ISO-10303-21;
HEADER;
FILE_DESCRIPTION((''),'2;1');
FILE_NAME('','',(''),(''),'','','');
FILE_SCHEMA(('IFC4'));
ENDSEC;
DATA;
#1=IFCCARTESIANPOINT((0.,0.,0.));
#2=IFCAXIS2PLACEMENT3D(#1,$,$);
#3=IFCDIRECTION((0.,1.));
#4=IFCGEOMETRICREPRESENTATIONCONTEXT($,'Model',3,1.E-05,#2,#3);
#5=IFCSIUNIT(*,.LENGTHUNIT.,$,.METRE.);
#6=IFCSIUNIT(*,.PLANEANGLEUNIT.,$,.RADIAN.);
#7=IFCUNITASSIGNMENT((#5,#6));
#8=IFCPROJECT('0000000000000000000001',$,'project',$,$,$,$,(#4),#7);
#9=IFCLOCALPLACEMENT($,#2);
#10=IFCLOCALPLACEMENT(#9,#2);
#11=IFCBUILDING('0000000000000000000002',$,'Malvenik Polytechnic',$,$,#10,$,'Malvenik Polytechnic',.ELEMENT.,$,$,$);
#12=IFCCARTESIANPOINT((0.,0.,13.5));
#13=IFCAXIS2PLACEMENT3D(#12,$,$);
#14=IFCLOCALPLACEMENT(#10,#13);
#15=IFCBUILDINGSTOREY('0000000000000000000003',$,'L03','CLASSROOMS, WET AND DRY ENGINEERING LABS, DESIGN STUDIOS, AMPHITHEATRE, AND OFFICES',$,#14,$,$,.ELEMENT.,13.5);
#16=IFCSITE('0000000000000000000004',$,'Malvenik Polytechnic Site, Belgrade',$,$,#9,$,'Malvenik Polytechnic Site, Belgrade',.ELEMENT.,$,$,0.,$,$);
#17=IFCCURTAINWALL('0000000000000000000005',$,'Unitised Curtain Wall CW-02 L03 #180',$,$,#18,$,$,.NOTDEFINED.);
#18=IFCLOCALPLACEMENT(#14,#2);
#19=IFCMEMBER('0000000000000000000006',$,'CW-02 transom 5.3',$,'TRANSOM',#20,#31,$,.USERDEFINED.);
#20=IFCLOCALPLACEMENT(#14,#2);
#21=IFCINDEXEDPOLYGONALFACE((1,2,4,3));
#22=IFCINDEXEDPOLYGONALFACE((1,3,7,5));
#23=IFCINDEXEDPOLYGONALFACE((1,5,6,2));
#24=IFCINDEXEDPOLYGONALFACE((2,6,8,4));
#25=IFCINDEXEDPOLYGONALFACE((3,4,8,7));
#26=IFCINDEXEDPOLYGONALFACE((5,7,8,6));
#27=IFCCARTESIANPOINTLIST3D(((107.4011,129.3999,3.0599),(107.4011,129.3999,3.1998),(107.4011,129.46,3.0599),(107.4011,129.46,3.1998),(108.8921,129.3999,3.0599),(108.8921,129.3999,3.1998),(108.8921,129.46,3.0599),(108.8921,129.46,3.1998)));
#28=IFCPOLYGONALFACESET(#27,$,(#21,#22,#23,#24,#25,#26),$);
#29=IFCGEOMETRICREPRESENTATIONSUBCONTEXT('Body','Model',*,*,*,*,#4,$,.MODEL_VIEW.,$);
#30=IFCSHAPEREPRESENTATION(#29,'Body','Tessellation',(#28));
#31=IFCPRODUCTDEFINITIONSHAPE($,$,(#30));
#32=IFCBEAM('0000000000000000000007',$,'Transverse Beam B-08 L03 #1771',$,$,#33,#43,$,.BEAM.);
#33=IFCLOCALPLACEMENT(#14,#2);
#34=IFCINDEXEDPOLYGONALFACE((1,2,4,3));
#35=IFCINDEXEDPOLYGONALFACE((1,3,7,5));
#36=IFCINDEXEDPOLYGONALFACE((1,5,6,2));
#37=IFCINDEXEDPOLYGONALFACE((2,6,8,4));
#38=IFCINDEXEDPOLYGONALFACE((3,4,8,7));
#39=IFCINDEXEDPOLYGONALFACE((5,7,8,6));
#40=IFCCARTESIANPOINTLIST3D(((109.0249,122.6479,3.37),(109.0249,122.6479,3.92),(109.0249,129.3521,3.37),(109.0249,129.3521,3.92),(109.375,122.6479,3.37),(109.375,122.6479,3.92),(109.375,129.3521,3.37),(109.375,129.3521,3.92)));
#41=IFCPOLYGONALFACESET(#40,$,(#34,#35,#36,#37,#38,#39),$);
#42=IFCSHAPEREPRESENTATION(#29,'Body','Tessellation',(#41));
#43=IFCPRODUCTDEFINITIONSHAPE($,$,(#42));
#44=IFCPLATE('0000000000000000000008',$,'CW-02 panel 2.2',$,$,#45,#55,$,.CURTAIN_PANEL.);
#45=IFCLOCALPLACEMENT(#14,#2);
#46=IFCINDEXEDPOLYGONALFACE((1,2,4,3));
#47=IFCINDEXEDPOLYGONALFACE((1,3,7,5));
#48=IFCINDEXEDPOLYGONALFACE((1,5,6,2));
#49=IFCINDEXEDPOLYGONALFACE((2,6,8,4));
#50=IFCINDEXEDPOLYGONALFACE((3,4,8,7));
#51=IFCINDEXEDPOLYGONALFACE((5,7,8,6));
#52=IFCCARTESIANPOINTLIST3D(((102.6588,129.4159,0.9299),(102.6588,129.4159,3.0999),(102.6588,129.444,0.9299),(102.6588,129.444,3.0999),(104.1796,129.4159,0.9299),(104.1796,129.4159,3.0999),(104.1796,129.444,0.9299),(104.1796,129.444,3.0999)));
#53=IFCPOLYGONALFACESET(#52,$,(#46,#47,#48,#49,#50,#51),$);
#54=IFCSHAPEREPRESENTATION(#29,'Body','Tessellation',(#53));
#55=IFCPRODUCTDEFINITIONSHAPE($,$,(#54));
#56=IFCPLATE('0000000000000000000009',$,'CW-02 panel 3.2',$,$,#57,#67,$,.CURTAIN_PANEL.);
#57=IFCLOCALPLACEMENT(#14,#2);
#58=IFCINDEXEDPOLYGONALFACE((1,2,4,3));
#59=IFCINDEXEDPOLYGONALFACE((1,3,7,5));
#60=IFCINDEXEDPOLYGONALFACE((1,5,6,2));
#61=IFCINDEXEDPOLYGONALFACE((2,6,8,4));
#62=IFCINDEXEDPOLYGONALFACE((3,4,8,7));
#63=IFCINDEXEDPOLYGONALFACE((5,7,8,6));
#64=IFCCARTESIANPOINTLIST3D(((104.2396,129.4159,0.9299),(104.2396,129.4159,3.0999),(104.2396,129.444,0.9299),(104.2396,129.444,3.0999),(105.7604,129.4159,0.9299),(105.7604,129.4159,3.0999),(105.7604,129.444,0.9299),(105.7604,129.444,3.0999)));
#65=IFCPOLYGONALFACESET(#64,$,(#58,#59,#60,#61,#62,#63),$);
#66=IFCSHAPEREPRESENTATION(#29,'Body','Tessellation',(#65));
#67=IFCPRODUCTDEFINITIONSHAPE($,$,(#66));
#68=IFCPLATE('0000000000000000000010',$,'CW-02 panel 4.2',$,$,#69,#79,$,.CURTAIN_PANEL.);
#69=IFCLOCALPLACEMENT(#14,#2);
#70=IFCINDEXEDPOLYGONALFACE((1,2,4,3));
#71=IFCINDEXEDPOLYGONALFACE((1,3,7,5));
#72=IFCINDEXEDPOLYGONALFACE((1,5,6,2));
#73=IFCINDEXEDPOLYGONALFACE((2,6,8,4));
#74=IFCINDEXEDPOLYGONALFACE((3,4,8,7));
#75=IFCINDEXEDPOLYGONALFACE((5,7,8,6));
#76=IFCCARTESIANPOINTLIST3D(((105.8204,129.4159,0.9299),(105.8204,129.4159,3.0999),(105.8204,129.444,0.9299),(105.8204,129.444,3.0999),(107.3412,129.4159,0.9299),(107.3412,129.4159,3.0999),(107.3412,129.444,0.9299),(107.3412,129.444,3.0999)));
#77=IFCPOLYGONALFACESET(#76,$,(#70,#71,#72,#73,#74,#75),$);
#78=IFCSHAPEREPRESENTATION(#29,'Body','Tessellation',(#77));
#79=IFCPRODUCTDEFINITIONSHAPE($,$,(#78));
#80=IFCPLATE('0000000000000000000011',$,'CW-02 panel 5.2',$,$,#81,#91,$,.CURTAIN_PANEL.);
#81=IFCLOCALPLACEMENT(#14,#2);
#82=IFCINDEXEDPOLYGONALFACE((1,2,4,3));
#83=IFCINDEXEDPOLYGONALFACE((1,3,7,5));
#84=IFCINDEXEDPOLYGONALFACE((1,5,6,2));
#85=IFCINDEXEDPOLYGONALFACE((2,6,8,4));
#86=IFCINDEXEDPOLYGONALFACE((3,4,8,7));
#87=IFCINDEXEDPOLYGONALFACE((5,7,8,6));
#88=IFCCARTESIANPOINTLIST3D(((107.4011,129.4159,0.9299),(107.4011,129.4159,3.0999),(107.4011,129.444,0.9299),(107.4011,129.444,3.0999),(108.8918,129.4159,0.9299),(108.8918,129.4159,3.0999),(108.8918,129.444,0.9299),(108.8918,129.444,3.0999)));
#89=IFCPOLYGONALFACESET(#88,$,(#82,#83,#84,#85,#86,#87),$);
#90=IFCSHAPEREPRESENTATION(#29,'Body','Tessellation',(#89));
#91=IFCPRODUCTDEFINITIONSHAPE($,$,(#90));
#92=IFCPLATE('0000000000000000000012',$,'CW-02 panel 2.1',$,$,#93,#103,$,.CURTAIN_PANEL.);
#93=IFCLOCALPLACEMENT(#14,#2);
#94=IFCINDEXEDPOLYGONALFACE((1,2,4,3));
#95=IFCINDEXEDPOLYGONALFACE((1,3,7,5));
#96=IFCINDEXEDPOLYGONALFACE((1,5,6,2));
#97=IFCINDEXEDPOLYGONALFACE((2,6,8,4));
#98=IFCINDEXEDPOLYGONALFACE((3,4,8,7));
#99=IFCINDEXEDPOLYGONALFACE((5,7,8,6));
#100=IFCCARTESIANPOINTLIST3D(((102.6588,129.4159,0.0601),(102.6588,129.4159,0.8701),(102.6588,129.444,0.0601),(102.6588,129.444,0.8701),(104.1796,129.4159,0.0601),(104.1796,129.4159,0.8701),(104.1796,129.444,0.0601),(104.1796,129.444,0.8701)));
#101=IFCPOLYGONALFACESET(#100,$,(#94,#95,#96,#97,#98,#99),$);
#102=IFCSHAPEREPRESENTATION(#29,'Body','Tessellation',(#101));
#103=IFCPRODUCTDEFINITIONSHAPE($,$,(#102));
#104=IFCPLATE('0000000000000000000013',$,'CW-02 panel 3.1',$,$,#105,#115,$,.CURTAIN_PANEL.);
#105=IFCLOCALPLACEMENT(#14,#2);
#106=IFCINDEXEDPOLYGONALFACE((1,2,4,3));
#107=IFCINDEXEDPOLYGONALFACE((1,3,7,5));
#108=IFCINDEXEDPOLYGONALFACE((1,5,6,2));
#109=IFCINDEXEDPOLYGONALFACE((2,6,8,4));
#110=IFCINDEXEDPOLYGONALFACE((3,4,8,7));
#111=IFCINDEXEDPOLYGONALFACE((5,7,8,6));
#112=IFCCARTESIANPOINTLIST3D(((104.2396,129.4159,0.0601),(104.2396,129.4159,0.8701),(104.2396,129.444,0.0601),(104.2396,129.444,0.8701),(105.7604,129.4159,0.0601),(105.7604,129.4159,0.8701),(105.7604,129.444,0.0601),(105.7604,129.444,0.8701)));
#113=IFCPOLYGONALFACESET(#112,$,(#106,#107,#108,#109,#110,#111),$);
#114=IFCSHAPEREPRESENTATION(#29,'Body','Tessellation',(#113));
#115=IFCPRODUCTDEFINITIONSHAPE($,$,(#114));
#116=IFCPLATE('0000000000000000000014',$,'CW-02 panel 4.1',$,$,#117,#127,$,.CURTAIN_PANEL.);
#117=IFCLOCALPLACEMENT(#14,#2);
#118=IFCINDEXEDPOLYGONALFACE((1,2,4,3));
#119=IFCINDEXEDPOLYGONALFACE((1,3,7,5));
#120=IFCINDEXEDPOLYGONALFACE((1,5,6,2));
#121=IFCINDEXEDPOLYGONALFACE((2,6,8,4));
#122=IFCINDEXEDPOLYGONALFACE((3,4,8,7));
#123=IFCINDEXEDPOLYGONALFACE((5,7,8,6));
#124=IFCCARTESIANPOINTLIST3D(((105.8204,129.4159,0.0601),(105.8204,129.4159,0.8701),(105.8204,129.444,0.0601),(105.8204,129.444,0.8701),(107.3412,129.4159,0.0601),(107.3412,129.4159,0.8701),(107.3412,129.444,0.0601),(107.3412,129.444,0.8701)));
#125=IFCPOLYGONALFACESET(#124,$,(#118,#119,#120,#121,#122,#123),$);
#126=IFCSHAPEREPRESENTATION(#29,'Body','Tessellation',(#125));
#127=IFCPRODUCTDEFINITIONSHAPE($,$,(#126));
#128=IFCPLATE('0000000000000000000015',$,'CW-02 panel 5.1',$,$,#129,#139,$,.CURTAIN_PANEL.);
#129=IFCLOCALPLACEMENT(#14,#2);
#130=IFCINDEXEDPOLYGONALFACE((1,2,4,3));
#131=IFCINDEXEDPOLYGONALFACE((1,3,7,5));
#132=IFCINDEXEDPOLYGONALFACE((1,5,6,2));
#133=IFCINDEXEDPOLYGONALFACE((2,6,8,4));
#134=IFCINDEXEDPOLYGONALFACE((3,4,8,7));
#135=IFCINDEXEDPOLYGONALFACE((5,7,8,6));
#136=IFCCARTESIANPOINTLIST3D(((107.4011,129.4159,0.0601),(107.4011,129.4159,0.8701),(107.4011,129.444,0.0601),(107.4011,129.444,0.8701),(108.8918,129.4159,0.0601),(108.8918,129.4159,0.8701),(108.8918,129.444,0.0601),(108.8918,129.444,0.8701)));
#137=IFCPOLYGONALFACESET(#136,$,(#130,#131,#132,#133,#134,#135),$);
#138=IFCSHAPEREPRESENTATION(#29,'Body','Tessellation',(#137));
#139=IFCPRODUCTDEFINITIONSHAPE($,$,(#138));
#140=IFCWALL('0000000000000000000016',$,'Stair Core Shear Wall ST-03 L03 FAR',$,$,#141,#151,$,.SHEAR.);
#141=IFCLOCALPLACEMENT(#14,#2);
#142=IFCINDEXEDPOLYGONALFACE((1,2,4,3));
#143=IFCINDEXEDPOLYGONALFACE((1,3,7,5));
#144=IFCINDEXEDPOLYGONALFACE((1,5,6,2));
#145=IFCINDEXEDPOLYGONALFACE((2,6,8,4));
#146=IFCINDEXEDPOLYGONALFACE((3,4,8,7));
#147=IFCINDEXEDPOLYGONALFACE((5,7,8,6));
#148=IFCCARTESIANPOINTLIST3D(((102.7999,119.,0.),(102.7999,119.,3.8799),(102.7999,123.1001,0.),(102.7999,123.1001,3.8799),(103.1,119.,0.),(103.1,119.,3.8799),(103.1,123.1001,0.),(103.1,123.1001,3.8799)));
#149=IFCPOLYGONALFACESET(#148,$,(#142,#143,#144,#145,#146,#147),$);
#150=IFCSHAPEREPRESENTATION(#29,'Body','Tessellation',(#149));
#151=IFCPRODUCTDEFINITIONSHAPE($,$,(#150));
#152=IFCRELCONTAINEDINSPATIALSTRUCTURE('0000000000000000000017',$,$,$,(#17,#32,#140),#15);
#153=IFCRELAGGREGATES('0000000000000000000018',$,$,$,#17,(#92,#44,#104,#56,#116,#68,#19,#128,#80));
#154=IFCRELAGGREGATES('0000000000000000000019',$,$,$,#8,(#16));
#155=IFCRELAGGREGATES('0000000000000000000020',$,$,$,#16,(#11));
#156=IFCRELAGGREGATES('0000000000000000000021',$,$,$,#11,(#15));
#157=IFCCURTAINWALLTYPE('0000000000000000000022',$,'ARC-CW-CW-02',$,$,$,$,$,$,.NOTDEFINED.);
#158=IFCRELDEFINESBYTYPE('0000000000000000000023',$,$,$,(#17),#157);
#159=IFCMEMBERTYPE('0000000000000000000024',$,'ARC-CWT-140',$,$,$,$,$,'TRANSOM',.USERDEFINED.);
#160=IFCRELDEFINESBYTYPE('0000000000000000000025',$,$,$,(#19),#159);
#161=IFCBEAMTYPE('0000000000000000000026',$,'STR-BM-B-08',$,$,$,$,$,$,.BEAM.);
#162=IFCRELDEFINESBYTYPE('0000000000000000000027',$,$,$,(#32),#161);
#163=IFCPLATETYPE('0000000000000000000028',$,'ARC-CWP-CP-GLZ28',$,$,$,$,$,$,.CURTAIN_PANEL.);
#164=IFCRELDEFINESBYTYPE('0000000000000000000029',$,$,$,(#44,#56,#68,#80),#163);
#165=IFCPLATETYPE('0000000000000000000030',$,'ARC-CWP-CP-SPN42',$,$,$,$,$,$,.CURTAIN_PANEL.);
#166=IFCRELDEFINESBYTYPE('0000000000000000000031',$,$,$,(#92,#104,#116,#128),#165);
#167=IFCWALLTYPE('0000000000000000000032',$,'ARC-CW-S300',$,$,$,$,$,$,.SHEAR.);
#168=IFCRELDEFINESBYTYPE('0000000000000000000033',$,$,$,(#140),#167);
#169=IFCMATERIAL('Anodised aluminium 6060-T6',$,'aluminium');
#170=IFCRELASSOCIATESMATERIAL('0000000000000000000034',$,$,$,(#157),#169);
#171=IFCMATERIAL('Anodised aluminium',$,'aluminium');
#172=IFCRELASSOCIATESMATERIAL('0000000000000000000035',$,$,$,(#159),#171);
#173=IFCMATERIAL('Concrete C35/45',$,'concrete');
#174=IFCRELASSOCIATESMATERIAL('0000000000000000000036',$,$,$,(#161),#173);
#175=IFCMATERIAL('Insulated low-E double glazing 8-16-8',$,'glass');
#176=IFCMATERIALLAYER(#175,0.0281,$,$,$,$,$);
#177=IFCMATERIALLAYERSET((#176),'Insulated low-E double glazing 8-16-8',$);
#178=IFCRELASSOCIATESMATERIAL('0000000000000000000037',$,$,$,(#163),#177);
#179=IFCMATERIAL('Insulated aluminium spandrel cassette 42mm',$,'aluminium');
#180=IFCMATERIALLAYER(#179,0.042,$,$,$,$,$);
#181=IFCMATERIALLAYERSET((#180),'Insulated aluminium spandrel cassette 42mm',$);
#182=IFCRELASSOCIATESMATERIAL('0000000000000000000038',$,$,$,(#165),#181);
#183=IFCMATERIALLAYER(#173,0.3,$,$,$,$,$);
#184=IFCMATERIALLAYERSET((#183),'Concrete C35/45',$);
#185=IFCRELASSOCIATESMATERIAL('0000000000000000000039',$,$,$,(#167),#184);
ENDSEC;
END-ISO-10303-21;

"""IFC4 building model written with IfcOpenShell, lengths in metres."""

from ifc_helpers import new_model, si_unit, direction, frame, frame_2d, origin, origin_2d, place, context, subcontext, project, spatial, rectangle, extrude, material, layer, layer_set, material_profile, profile_set, type_object, element, aggregate, save


model = new_model("IFC4")

# Units and contexts
model_context = context("Model", 3, precision=1e-05, world=origin(), true_north=direction((0.0, 1.0)))
body_context = subcontext(model_context, "Body", "Model", "MODEL_VIEW")
ifc_project = project(units=[si_unit("LENGTHUNIT", "METRE"), si_unit("PLANEANGLEUNIT", "RADIAN")], contexts=[model_context])

# Site, building, storey
site_placement = place(None, origin())
site = spatial("IfcSite", under=ifc_project, at=site_placement, Name="Malvenik Polytechnic Site, Belgrade", LongName="Malvenik Polytechnic Site, Belgrade", CompositionType="ELEMENT", RefElevation=0.0)
building_placement = place(site_placement, origin())
building = spatial("IfcBuilding", under=site, at=building_placement, Name="Malvenik Polytechnic", LongName="Malvenik Polytechnic", CompositionType="ELEMENT")
storey_placement = place(building_placement, frame((0.0, 0.0, 13.5)))
storey = spatial("IfcBuildingStorey", under=building, at=storey_placement, Name="L03", Description="CLASSROOMS, WET AND DRY ENGINEERING LABS, DESIGN STUDIOS, AMPHITHEATRE, AND OFFICES", CompositionType="ELEMENT", Elevation=13.5)

# Shared definitions
ifc_material_1 = material(Name="Concrete C35/45", Category="concrete")

# Curtain wall, member
ifc_material_2 = material(Name="Anodised aluminium 6060-T6", Category="aluminium")
curtain_wall_type = type_object("IfcCurtainWallType", Name="ARC-CW-CW-02", PredefinedType="NOTDEFINED", material=ifc_material_2)
curtain_wall_placement = place(storey_placement, origin())
curtain_wall = element("IfcCurtainWall", 1, at=curtain_wall_placement, inside=storey, type_object=curtain_wall_type, Name="Unitised Curtain Wall CW-02 L03 #180", PredefinedType="NOTDEFINED")
ifc_material_3 = material(Name="Anodised aluminium", Category="aluminium")
ifc_material_profile_1 = material_profile(ifc_material_3, rectangle(XDim=0.0601, YDim=0.1399, at=origin_2d()), Name="ALU TRANSOM 60x140")
ifc_profile_set_1 = profile_set([ifc_material_profile_1], Name="Anodised aluminium")
member_type_1 = type_object("IfcMemberType", Name="ARC-CWT-140", ElementType="TRANSOM", PredefinedType="USERDEFINED", material=ifc_profile_set_1)
member_1_placement = place(storey_placement, frame((107.4011, 129.4299, 3.1299), z_axis=(1.0, 0.0, 0.0), x_axis=(0.0, 1.0, 0.0)))
member_1 = element("IfcMember", 2, at=member_1_placement, type_object=member_type_1, Name="CW-02 transom 5.3", ObjectType="TRANSOM", PredefinedType="USERDEFINED", context=body_context, shape_type="SweptSolid", body=[
    extrude(rectangle(XDim=0.0601, YDim=0.1399, at=origin_2d()), origin(), (0.0, 0.0, 1.0), 1.491),
])

# Beam
ifc_material_profile_2 = material_profile(ifc_material_1, rectangle(XDim=0.3501, YDim=0.55, at=origin_2d()), Name="RC BM 350x550")
ifc_profile_set_2 = profile_set([ifc_material_profile_2], Name="Concrete C35/45")
beam_type = type_object("IfcBeamType", Name="STR-BM-B-08", PredefinedType="BEAM", material=ifc_profile_set_2)
beam_placement = place(storey_placement, frame((109.2, 122.6479, 3.645), z_axis=(0.0, 1.0, 0.0), x_axis=(-1.0, 0.0, 0.0)))
element("IfcBeam", 3, at=beam_placement, inside=storey, type_object=beam_type, Name="Transverse Beam B-08 L03 #1771", PredefinedType="BEAM", context=body_context, shape_type="SweptSolid", body=[
    extrude(rectangle(XDim=0.3501, YDim=0.55, at=origin_2d()), origin(), (0.0, 0.0, 1.0), 6.7041),
])

# Plates
ifc_material_4 = material(Name="Insulated low-E double glazing 8-16-8", Category="glass")
ifc_layer_1 = layer(ifc_material_4, 0.0281)
ifc_layer_set_1 = layer_set([ifc_layer_1], Name="Insulated low-E double glazing 8-16-8")
plate_type_1 = type_object("IfcPlateType", Name="ARC-CWP-CP-GLZ28", PredefinedType="CURTAIN_PANEL", material=ifc_layer_set_1)
plate_1_placement = place(storey_placement, frame((103.4192, 129.4299, 0.9299), z_axis=(0.0, 0.0, 1.0), x_axis=(1.0, 0.0, 0.0)))
plate_1 = element("IfcPlate", 4, at=plate_1_placement, type_object=plate_type_1, Name="CW-02 panel 2.2", PredefinedType="CURTAIN_PANEL", context=body_context, shape_type="SweptSolid", body=[
    extrude(rectangle(XDim=1.5208, YDim=0.0281, at=origin_2d()), origin(), (0.0, 0.0, 1.0), 2.1699),
])
plate_2_placement = place(storey_placement, frame((105.0, 129.4299, 0.9299), z_axis=(0.0, 0.0, 1.0), x_axis=(1.0, 0.0, 0.0)))
plate_2 = element("IfcPlate", 5, at=plate_2_placement, type_object=plate_type_1, Name="CW-02 panel 3.2", PredefinedType="CURTAIN_PANEL", context=body_context, shape_type="SweptSolid", body=[
    extrude(rectangle(XDim=1.5208, YDim=0.0281, at=origin_2d()), origin(), (0.0, 0.0, 1.0), 2.1699),
])
plate_3_placement = place(storey_placement, frame((106.5808, 129.4299, 0.9299), z_axis=(0.0, 0.0, 1.0), x_axis=(1.0, 0.0, 0.0)))
plate_3 = element("IfcPlate", 6, at=plate_3_placement, type_object=plate_type_1, Name="CW-02 panel 4.2", PredefinedType="CURTAIN_PANEL", context=body_context, shape_type="SweptSolid", body=[
    extrude(rectangle(XDim=1.5208, YDim=0.0281, at=origin_2d()), origin(), (0.0, 0.0, 1.0), 2.1699),
])
plate_4_placement = place(storey_placement, frame((108.1465, 129.4299, 0.9299), z_axis=(0.0, 0.0, 1.0), x_axis=(1.0, 0.0, 0.0)))
plate_4 = element("IfcPlate", 7, at=plate_4_placement, type_object=plate_type_1, Name="CW-02 panel 5.2", PredefinedType="CURTAIN_PANEL", context=body_context, shape_type="SweptSolid", body=[
    extrude(rectangle(XDim=1.4907, YDim=0.0281, at=origin_2d()), origin(), (0.0, 0.0, 1.0), 2.1699),
])
ifc_material_5 = material(Name="Insulated aluminium spandrel cassette 42mm", Category="aluminium")
ifc_layer_2 = layer(ifc_material_5, 0.042)
ifc_layer_set_2 = layer_set([ifc_layer_2], Name="Insulated aluminium spandrel cassette 42mm")
plate_type_2 = type_object("IfcPlateType", Name="ARC-CWP-CP-SPN42", PredefinedType="CURTAIN_PANEL", material=ifc_layer_set_2)
plate_5_placement = place(storey_placement, frame((103.4192, 129.4299, 0.0601), z_axis=(0.0, 0.0, 1.0), x_axis=(1.0, 0.0, 0.0)))
plate_5 = element("IfcPlate", 8, at=plate_5_placement, type_object=plate_type_2, Name="CW-02 panel 2.1", PredefinedType="CURTAIN_PANEL", context=body_context, shape_type="SweptSolid", body=[
    extrude(rectangle(XDim=1.5208, YDim=0.0281, at=origin_2d()), origin(), (0.0, 0.0, 1.0), 0.8101),
])
plate_6_placement = place(storey_placement, frame((105.0, 129.4299, 0.0601), z_axis=(0.0, 0.0, 1.0), x_axis=(1.0, 0.0, 0.0)))
plate_6 = element("IfcPlate", 9, at=plate_6_placement, type_object=plate_type_2, Name="CW-02 panel 3.1", PredefinedType="CURTAIN_PANEL", context=body_context, shape_type="SweptSolid", body=[
    extrude(rectangle(XDim=1.5208, YDim=0.0281, at=origin_2d()), origin(), (0.0, 0.0, 1.0), 0.8101),
])
plate_7_placement = place(storey_placement, frame((106.5808, 129.4299, 0.0601), z_axis=(0.0, 0.0, 1.0), x_axis=(1.0, 0.0, 0.0)))
plate_7 = element("IfcPlate", 10, at=plate_7_placement, type_object=plate_type_2, Name="CW-02 panel 4.1", PredefinedType="CURTAIN_PANEL", context=body_context, shape_type="SweptSolid", body=[
    extrude(rectangle(XDim=1.5208, YDim=0.0281, at=origin_2d()), origin(), (0.0, 0.0, 1.0), 0.8101),
])
plate_8_placement = place(storey_placement, frame((108.1465, 129.4299, 0.0601), z_axis=(0.0, 0.0, 1.0), x_axis=(1.0, 0.0, 0.0)))
plate_8 = element("IfcPlate", 11, at=plate_8_placement, type_object=plate_type_2, Name="CW-02 panel 5.1", PredefinedType="CURTAIN_PANEL", context=body_context, shape_type="SweptSolid", body=[
    extrude(rectangle(XDim=1.4907, YDim=0.0281, at=origin_2d()), origin(), (0.0, 0.0, 1.0), 0.8101),
])
aggregate(curtain_wall, [plate_5, plate_1, plate_6, plate_2, plate_7, plate_3, member_1, plate_8, plate_4])

# Wall
ifc_layer_3 = layer(ifc_material_1, 0.3)
ifc_layer_set_3 = layer_set([ifc_layer_3], Name="Concrete C35/45")
wall_type = type_object("IfcWallType", Name="ARC-CW-S300", PredefinedType="SHEAR", material=ifc_layer_set_3)
wall_placement = place(storey_placement, frame((102.95, 123.1001, 0.0), z_axis=(0.0, 0.0, 1.0), x_axis=(0.0, -1.0, 0.0)))
element("IfcWall", 12, at=wall_placement, inside=storey, type_object=wall_type, Name="Stair Core Shear Wall ST-03 L03 FAR", PredefinedType="SHEAR", context=body_context, shape_type="SweptSolid", body=[
    extrude(rectangle(XDim=4.1001, YDim=0.3, at=frame_2d((2.05, 0.0))), origin(), (0.0, 0.0, 1.0), 3.8799),
])

save(model, "model.ifc")
